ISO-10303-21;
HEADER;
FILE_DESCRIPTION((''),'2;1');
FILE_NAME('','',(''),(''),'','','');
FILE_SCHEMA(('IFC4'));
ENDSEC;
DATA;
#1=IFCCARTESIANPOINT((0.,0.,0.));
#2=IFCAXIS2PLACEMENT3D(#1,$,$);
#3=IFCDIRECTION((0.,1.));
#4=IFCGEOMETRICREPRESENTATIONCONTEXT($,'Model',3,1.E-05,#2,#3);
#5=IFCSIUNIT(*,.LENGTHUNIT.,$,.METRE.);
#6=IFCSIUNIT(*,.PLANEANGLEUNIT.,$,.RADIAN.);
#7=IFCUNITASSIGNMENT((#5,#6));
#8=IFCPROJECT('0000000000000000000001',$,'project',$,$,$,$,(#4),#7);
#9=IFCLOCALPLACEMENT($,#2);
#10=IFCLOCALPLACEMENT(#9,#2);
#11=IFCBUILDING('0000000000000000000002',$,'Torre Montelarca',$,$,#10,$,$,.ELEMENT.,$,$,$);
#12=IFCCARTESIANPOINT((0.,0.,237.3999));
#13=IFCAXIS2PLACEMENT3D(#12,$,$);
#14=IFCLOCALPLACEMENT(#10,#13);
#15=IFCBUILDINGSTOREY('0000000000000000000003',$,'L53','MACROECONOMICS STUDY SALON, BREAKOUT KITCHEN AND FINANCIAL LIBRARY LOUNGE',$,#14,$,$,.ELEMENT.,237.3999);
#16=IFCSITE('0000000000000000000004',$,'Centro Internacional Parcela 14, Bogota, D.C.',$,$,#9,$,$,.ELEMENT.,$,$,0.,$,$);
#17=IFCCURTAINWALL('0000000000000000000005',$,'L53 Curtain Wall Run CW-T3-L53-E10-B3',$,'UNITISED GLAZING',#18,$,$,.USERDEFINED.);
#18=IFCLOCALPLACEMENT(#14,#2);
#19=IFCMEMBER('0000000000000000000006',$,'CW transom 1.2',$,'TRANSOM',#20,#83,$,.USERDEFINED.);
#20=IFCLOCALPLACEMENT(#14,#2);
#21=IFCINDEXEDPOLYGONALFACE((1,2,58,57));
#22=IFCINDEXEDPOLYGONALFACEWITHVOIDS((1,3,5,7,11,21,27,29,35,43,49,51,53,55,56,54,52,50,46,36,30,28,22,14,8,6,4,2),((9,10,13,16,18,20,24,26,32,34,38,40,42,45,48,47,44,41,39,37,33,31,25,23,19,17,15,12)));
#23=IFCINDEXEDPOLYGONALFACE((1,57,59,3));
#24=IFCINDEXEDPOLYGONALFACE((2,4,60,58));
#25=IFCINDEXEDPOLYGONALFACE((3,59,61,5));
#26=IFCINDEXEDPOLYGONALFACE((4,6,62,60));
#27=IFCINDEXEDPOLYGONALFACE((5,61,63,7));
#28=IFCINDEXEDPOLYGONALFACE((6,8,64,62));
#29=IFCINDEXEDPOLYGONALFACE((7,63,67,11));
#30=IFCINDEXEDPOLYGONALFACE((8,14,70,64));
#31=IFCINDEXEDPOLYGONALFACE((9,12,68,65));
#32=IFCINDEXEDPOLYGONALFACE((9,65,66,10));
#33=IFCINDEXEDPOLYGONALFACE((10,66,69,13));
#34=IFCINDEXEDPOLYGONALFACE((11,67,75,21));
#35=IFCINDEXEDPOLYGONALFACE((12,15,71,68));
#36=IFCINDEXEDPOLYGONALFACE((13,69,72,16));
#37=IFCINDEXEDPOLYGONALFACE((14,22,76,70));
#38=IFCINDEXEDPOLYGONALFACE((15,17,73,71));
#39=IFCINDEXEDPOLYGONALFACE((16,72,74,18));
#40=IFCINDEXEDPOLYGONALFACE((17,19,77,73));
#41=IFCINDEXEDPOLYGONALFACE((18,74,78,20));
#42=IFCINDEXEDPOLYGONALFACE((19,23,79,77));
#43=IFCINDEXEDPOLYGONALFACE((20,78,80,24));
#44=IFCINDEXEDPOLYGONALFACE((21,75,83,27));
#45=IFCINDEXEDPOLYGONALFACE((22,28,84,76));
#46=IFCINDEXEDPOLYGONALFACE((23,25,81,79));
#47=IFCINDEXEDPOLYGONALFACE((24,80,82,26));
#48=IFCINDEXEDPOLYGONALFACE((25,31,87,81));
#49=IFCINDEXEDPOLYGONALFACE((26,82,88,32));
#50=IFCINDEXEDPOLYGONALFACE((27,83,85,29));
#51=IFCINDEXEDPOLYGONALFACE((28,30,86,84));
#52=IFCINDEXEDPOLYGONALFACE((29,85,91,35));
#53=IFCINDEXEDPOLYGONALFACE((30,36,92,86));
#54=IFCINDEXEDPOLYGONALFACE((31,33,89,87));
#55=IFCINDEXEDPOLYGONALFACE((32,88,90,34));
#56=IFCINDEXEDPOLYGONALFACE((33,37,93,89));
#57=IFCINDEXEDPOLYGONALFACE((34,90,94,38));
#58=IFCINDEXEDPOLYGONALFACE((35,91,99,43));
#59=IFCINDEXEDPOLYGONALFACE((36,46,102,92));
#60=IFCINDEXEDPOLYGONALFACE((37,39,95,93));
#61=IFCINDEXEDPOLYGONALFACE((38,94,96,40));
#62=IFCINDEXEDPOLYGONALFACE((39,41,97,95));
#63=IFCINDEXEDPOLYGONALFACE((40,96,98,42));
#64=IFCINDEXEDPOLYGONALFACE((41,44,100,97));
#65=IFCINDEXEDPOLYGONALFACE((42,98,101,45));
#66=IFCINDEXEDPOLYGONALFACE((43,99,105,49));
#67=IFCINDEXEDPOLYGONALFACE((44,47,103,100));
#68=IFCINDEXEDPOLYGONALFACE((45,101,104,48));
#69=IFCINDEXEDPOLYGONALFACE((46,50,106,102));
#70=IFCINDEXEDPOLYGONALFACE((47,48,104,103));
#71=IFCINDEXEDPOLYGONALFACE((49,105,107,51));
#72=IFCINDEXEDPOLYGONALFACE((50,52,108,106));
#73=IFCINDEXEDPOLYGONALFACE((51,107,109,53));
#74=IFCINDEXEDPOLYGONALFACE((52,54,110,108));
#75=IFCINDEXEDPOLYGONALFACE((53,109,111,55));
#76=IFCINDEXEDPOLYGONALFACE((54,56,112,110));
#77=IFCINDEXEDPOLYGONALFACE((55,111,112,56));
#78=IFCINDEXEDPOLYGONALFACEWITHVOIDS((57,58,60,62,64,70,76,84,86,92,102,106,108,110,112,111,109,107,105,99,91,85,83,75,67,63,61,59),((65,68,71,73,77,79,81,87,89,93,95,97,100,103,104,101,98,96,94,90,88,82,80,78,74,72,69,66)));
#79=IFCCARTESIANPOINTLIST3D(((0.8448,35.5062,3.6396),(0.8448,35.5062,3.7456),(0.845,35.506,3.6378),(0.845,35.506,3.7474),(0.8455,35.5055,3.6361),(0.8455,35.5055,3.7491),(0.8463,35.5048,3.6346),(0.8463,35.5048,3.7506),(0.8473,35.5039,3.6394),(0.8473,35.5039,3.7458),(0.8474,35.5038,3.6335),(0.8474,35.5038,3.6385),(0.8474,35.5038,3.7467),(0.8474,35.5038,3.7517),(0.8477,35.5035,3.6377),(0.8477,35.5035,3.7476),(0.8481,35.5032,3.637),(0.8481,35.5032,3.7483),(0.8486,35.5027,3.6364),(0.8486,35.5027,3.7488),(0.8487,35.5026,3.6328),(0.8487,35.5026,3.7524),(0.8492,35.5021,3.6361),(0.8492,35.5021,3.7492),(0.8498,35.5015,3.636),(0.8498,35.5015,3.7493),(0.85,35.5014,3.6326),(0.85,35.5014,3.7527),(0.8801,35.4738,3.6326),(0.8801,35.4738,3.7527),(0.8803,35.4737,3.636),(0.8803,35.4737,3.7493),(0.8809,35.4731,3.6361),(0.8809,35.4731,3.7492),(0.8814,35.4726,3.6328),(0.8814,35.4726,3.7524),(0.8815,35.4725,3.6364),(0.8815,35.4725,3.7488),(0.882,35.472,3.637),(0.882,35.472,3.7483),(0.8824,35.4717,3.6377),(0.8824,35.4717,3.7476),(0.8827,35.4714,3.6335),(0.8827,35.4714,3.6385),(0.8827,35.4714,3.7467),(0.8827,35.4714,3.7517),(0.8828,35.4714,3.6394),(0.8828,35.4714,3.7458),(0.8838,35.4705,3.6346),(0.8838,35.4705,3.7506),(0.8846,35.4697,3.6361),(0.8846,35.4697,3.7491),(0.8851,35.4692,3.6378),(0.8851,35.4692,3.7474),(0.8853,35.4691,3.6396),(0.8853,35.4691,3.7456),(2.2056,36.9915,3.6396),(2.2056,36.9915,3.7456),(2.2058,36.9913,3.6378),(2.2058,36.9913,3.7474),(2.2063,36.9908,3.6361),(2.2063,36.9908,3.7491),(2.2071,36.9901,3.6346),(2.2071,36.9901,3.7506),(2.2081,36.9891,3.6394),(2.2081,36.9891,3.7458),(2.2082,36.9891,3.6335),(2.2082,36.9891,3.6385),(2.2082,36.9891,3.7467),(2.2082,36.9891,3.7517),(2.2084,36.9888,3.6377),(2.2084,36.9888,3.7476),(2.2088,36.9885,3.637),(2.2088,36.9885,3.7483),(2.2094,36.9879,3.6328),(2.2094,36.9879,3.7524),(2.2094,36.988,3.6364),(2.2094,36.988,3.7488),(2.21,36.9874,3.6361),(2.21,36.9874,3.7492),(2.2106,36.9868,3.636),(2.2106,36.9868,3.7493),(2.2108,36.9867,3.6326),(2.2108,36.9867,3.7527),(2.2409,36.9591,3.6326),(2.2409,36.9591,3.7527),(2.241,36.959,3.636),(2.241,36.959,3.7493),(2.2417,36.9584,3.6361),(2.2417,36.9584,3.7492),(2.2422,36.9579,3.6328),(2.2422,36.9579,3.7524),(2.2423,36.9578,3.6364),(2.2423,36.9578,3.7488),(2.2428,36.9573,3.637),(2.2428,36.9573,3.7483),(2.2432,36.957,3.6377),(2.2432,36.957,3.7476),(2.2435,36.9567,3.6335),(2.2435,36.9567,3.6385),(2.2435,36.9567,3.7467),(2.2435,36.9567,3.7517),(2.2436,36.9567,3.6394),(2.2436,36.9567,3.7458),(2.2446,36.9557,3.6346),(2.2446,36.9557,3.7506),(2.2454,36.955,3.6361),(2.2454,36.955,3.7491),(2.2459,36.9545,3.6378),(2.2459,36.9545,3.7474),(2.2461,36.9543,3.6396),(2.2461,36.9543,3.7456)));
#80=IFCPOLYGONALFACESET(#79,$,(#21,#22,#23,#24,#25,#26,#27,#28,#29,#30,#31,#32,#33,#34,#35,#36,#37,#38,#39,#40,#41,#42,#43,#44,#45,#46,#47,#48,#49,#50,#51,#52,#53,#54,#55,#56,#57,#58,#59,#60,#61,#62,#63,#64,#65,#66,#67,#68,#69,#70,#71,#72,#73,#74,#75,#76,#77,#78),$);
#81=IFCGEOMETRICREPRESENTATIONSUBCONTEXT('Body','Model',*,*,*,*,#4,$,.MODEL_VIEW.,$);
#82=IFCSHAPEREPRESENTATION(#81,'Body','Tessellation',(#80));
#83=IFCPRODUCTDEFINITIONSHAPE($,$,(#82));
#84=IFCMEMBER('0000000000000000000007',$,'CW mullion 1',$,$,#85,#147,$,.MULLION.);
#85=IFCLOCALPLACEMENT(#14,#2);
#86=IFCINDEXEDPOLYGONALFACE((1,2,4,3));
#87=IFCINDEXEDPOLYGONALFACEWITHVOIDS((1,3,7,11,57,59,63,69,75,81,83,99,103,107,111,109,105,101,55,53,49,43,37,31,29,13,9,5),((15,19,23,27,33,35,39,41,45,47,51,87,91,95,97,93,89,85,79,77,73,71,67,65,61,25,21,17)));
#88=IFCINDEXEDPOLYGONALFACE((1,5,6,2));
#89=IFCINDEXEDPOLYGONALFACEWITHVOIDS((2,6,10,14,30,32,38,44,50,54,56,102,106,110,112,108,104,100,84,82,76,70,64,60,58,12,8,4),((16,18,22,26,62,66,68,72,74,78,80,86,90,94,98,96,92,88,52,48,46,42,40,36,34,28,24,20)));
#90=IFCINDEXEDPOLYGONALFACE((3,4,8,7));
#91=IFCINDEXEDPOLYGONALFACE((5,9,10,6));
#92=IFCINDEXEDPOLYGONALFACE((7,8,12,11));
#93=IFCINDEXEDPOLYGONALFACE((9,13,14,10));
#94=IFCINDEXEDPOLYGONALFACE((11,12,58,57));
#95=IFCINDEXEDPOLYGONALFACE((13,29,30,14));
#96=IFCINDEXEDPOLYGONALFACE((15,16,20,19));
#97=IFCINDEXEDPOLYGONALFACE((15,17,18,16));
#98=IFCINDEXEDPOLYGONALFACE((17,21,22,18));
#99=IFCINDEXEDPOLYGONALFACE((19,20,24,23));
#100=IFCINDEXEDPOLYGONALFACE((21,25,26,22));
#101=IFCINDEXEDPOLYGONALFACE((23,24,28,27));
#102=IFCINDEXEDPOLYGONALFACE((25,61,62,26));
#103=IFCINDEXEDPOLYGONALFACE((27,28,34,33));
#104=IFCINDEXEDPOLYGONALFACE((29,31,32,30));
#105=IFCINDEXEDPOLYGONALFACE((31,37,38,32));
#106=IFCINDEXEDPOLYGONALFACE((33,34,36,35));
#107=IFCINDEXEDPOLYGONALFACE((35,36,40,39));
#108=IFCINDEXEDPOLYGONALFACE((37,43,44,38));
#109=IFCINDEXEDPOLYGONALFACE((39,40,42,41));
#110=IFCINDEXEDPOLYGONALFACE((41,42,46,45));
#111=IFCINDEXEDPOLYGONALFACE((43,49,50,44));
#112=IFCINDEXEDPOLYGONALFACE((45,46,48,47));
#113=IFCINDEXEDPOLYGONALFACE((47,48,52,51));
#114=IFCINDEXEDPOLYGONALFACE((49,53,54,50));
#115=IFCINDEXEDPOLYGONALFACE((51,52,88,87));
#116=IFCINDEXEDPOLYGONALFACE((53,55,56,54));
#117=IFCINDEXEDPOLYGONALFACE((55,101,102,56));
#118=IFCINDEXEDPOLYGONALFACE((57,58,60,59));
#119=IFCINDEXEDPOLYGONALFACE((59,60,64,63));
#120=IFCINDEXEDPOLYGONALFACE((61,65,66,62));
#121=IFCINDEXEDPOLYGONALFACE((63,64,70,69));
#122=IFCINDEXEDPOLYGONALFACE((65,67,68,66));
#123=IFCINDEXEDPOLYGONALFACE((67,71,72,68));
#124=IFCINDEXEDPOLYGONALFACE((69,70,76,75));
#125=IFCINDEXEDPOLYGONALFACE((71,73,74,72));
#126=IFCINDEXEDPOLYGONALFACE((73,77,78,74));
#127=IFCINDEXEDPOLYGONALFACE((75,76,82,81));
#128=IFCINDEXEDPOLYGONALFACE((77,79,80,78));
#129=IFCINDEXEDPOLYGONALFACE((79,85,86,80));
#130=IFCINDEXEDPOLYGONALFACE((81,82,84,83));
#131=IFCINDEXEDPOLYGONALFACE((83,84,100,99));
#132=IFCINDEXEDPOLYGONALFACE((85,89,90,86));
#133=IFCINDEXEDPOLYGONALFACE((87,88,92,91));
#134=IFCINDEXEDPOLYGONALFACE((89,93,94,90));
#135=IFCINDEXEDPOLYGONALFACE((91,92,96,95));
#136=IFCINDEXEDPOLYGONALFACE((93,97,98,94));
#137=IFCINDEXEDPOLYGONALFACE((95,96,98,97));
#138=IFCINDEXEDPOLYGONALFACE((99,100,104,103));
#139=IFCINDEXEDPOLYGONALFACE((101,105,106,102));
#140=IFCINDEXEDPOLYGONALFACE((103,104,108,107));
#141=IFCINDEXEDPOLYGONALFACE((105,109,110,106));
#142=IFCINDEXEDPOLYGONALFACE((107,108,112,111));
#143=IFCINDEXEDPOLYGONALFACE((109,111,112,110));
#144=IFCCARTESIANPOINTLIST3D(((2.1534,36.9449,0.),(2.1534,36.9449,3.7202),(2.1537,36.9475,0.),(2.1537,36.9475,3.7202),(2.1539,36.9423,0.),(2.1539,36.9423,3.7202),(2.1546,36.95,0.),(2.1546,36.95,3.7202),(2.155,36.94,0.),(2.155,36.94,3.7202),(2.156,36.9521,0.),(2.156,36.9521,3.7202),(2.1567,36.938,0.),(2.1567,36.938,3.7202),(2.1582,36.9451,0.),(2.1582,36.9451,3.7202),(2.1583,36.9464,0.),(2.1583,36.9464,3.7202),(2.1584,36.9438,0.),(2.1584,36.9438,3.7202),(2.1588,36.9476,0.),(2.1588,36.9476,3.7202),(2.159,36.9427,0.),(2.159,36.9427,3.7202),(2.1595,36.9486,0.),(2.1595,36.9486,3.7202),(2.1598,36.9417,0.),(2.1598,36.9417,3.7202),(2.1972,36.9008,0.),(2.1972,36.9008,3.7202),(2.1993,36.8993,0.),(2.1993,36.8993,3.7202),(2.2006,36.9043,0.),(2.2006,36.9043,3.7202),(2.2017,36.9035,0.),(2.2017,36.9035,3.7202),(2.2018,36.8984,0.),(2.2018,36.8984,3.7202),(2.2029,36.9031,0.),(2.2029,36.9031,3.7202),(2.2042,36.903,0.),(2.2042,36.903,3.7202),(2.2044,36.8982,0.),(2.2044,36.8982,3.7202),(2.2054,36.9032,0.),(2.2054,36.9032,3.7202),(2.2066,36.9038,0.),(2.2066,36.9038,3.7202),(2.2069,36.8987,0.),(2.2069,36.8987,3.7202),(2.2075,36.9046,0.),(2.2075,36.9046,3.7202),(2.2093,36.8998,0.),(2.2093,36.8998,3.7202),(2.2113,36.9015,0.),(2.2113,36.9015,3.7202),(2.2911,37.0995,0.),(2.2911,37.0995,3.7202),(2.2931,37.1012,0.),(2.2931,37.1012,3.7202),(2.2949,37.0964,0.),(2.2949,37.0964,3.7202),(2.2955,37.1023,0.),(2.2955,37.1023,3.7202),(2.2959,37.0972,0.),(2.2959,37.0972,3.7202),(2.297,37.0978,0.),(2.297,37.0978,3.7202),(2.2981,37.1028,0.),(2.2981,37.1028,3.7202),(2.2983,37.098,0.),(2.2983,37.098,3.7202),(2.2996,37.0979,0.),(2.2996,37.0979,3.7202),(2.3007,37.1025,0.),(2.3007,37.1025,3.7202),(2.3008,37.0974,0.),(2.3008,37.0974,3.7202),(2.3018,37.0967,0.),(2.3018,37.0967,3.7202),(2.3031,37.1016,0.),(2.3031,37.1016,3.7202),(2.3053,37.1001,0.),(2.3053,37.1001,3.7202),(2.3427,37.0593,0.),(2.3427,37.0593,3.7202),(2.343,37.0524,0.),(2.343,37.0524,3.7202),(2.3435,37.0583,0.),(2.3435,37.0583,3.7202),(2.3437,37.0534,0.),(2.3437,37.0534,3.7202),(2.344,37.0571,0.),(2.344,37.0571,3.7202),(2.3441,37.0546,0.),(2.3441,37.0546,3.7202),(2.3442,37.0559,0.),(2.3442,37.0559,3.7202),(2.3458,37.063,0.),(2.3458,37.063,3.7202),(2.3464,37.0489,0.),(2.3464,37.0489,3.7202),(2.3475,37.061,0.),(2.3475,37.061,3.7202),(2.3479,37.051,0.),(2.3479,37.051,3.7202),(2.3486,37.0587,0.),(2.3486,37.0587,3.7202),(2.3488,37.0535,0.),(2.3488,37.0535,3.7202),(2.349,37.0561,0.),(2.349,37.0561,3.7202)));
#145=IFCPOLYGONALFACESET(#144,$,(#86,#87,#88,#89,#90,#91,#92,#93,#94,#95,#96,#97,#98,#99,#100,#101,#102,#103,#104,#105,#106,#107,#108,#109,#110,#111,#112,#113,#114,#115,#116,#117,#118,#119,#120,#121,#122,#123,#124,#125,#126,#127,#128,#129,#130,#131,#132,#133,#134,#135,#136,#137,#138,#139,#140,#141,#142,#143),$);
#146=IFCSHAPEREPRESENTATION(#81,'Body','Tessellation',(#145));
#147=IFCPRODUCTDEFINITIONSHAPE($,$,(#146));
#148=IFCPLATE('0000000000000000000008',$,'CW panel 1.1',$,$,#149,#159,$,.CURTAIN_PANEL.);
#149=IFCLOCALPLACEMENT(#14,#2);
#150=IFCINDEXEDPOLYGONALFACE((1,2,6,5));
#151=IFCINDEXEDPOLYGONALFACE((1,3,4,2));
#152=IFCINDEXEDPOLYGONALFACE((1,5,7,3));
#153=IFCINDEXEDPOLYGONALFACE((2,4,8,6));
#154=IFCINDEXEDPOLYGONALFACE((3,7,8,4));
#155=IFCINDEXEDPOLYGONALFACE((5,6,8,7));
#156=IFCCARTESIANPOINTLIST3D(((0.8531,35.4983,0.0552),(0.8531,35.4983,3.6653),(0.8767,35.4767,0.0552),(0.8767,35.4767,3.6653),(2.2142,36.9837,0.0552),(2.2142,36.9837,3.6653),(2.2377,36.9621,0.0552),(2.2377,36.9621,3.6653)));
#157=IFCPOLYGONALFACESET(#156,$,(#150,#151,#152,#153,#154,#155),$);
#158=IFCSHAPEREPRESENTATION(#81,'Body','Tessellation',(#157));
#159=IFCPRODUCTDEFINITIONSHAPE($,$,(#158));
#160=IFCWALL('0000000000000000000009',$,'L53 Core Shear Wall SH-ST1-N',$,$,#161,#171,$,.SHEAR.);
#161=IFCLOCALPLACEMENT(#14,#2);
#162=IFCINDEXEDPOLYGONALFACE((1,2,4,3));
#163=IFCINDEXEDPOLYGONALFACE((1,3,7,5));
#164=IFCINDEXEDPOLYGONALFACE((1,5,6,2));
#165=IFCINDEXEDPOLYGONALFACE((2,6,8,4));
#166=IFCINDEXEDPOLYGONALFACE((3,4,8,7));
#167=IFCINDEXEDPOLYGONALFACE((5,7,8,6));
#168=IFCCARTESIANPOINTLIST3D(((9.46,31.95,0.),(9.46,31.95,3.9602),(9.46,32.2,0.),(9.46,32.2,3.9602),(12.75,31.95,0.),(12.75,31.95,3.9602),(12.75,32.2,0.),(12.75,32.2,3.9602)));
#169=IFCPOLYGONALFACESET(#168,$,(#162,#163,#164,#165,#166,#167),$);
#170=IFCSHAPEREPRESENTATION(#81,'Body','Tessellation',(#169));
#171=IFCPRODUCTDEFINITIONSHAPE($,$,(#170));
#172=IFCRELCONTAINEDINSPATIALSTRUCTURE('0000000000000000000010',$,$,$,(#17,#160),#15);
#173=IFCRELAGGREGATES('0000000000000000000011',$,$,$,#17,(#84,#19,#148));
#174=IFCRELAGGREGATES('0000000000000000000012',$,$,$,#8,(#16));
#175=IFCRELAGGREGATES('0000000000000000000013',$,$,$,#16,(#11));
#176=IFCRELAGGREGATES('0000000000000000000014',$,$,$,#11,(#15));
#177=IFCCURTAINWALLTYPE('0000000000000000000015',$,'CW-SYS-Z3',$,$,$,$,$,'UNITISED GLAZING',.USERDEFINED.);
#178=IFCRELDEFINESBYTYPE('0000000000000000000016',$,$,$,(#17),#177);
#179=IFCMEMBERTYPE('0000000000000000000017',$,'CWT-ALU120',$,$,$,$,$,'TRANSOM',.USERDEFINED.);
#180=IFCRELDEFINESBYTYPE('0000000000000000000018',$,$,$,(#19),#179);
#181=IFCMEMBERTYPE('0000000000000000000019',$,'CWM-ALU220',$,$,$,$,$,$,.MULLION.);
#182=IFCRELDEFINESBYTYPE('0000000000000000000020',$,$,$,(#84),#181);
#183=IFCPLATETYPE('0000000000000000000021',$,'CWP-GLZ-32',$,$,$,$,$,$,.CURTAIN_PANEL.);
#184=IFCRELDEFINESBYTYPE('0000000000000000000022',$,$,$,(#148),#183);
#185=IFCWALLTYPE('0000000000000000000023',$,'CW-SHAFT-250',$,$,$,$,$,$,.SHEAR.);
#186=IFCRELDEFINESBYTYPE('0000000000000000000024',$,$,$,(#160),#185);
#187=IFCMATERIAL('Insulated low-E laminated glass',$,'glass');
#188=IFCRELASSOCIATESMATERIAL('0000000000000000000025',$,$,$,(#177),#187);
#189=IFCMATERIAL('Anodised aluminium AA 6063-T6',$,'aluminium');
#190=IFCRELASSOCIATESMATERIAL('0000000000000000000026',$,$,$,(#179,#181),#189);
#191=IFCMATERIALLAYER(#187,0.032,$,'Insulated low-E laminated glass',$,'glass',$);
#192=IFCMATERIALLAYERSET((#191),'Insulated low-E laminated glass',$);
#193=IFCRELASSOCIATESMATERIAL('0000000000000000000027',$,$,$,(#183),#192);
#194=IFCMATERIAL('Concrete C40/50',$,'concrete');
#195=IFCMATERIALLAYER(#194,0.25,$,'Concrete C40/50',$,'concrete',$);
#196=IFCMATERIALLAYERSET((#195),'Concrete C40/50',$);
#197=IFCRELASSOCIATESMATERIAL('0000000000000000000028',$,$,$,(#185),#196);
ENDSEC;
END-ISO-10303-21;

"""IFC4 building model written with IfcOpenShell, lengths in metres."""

from ifc_helpers import new_model, si_unit, direction, frame, frame_2d, origin, origin_2d, place, context, subcontext, project, spatial, rectangle, hollow_rectangle, extrude, source, transform, mapped, material, layer, layer_set, material_profile, profile_set, type_object, element, aggregate, save


model = new_model("IFC4")

# Units and contexts
model_context = context("Model", 3, precision=1e-05, world=origin(), true_north=direction((0.0, 1.0)))
body_context = subcontext(model_context, "Body", "Model", "MODEL_VIEW")
ifc_project = project(units=[si_unit("LENGTHUNIT", "METRE"), si_unit("PLANEANGLEUNIT", "RADIAN")], contexts=[model_context])

# Site, building, storey
site_placement = place(None, origin())
site = spatial("IfcSite", under=ifc_project, at=site_placement, Name="Centro Internacional Parcela 14, Bogota, D.C.", CompositionType="ELEMENT", RefElevation=0.0)
building_placement = place(site_placement, origin())
building = spatial("IfcBuilding", under=site, at=building_placement, Name="Torre Montelarca", CompositionType="ELEMENT")
storey_placement = place(building_placement, frame((0.0, 0.0, 237.3999)))
storey = spatial("IfcBuildingStorey", under=building, at=storey_placement, Name="L53", Description="MACROECONOMICS STUDY SALON, BREAKOUT KITCHEN AND FINANCIAL LIBRARY LOUNGE", CompositionType="ELEMENT", Elevation=237.3999)

# Curtain wall, members, plate
ifc_material_1 = material(Name="Insulated low-E laminated glass", Category="glass")
curtain_wall_type = type_object("IfcCurtainWallType", Name="CW-SYS-Z3", ElementType="UNITISED GLAZING", PredefinedType="USERDEFINED", material=ifc_material_1)
curtain_wall_placement = place(storey_placement, origin())
curtain_wall = element("IfcCurtainWall", 1, at=curtain_wall_placement, inside=storey, type_object=curtain_wall_type, Name="L53 Curtain Wall Run CW-T3-L53-E10-B3", ObjectType="UNITISED GLAZING", PredefinedType="USERDEFINED")
ifc_material_2 = material(Name="Anodised aluminium AA 6063-T6", Category="aluminium")
ifc_material_profile_1 = material_profile(ifc_material_2, hollow_rectangle(XDim=0.0549, YDim=0.1201, WallThickness=0.0034, InnerFilletRadius=0.0034, OuterFilletRadius=0.0071, at=origin_2d()), Name="ALU55X120X3.5", Category="aluminium")
ifc_profile_set_1 = profile_set([ifc_material_profile_1], Name="Anodised aluminium AA 6063-T6")
member_type_1 = type_object("IfcMemberType", Name="CWT-ALU120", ElementType="TRANSOM", PredefinedType="USERDEFINED", material=ifc_profile_set_1)
shared_shape_1 = source(origin(), body_context, "Body", "SweptSolid", [
    extrude(hollow_rectangle(XDim=0.0549, YDim=0.1201, WallThickness=0.0034, InnerFilletRadius=0.0034, OuterFilletRadius=0.0071, at=origin_2d()), origin(), (0.0, 0.0, 1.0), 2.0144),
])
member_1_placement = place(storey_placement, frame((2.2258, 36.9729, 3.6926), z_axis=(-0.675527, -0.737335, 0.0), x_axis=(0.737335, -0.675527, 0.0)))
member_1 = element("IfcMember", 2, at=member_1_placement, type_object=member_type_1, Name="CW transom 1.2", ObjectType="TRANSOM", PredefinedType="USERDEFINED", context=body_context, shape_type="MappedRepresentation", body=[
    mapped(shared_shape_1, transform((0.0, 0.0, 0.0), scale=1.0)),
])
ifc_material_profile_2 = material_profile(ifc_material_2, hollow_rectangle(XDim=0.075, YDim=0.22, WallThickness=0.0049, InnerFilletRadius=0.0049, OuterFilletRadius=0.01, at=origin_2d()), Name="ALU75X220X5", Category="aluminium")
ifc_profile_set_2 = profile_set([ifc_material_profile_2], Name="Anodised aluminium AA 6063-T6")
member_type_2 = type_object("IfcMemberType", Name="CWM-ALU220", PredefinedType="MULLION", material=ifc_profile_set_2)
shared_shape_2 = source(origin(), body_context, "Body", "SweptSolid", [
    extrude(hollow_rectangle(XDim=0.075, YDim=0.22, WallThickness=0.0049, InnerFilletRadius=0.0049, OuterFilletRadius=0.01, at=origin_2d()), origin(), (0.0, 0.0, 1.0), 3.7202),
])
member_2_placement = place(storey_placement, frame((2.2512, 37.0005, 0.0), z_axis=(0.0, 0.0, 1.0), x_axis=(0.737285, -0.675582, 0.0)))
member_2 = element("IfcMember", 3, at=member_2_placement, type_object=member_type_2, Name="CW mullion 1", PredefinedType="MULLION", context=body_context, shape_type="MappedRepresentation", body=[
    mapped(shared_shape_2, transform((0.0, 0.0, 0.0), scale=1.0)),
])
ifc_layer_1 = layer(ifc_material_1, 0.032, Name="Insulated low-E laminated glass", Category="glass")
ifc_layer_set_1 = layer_set([ifc_layer_1], Name="Insulated low-E laminated glass")
plate_type = type_object("IfcPlateType", Name="CWP-GLZ-32", PredefinedType="CURTAIN_PANEL", material=ifc_layer_set_1)
shared_shape_3 = source(origin(), body_context, "Body", "SweptSolid", [
    extrude(rectangle(XDim=2.0146, YDim=0.032, at=origin_2d()), origin(), (0.0, 0.0, 1.0), 3.6101),
])
plate_placement = place(storey_placement, frame((1.5454, 36.2302, 0.0552), z_axis=(0.0, 0.0, 1.0), x_axis=(-0.675582, -0.737285, 0.0)))
plate = element("IfcPlate", 4, at=plate_placement, type_object=plate_type, Name="CW panel 1.1", PredefinedType="CURTAIN_PANEL", context=body_context, shape_type="MappedRepresentation", body=[
    mapped(shared_shape_3, transform((0.0, 0.0, 0.0), scale=1.0)),
])
aggregate(curtain_wall, [member_2, member_1, plate])

# Wall
ifc_material_3 = material(Name="Concrete C40/50", Category="concrete")
ifc_layer_2 = layer(ifc_material_3, 0.25, Name="Concrete C40/50", Category="concrete")
ifc_layer_set_2 = layer_set([ifc_layer_2], Name="Concrete C40/50")
wall_type_1 = type_object("IfcWallType", Name="CW-SHAFT-250", PredefinedType="SHEAR", material=ifc_layer_set_2)
wall_1_placement = place(storey_placement, frame((9.46, 32.075, 0.0), z_axis=(0.0, 0.0, 1.0), x_axis=(1.0, 0.0, 0.0)))
element("IfcWall", 5, at=wall_1_placement, inside=storey, type_object=wall_type_1, Name="L53 Core Shear Wall SH-ST1-N", PredefinedType="SHEAR", context=body_context, shape_type="SweptSolid", body=[
    extrude(rectangle(XDim=3.29, YDim=0.25, at=frame_2d((1.645, 0.0))), origin(), (0.0, 0.0, 1.0), 3.9602),
])

save(model, "model.ifc")
